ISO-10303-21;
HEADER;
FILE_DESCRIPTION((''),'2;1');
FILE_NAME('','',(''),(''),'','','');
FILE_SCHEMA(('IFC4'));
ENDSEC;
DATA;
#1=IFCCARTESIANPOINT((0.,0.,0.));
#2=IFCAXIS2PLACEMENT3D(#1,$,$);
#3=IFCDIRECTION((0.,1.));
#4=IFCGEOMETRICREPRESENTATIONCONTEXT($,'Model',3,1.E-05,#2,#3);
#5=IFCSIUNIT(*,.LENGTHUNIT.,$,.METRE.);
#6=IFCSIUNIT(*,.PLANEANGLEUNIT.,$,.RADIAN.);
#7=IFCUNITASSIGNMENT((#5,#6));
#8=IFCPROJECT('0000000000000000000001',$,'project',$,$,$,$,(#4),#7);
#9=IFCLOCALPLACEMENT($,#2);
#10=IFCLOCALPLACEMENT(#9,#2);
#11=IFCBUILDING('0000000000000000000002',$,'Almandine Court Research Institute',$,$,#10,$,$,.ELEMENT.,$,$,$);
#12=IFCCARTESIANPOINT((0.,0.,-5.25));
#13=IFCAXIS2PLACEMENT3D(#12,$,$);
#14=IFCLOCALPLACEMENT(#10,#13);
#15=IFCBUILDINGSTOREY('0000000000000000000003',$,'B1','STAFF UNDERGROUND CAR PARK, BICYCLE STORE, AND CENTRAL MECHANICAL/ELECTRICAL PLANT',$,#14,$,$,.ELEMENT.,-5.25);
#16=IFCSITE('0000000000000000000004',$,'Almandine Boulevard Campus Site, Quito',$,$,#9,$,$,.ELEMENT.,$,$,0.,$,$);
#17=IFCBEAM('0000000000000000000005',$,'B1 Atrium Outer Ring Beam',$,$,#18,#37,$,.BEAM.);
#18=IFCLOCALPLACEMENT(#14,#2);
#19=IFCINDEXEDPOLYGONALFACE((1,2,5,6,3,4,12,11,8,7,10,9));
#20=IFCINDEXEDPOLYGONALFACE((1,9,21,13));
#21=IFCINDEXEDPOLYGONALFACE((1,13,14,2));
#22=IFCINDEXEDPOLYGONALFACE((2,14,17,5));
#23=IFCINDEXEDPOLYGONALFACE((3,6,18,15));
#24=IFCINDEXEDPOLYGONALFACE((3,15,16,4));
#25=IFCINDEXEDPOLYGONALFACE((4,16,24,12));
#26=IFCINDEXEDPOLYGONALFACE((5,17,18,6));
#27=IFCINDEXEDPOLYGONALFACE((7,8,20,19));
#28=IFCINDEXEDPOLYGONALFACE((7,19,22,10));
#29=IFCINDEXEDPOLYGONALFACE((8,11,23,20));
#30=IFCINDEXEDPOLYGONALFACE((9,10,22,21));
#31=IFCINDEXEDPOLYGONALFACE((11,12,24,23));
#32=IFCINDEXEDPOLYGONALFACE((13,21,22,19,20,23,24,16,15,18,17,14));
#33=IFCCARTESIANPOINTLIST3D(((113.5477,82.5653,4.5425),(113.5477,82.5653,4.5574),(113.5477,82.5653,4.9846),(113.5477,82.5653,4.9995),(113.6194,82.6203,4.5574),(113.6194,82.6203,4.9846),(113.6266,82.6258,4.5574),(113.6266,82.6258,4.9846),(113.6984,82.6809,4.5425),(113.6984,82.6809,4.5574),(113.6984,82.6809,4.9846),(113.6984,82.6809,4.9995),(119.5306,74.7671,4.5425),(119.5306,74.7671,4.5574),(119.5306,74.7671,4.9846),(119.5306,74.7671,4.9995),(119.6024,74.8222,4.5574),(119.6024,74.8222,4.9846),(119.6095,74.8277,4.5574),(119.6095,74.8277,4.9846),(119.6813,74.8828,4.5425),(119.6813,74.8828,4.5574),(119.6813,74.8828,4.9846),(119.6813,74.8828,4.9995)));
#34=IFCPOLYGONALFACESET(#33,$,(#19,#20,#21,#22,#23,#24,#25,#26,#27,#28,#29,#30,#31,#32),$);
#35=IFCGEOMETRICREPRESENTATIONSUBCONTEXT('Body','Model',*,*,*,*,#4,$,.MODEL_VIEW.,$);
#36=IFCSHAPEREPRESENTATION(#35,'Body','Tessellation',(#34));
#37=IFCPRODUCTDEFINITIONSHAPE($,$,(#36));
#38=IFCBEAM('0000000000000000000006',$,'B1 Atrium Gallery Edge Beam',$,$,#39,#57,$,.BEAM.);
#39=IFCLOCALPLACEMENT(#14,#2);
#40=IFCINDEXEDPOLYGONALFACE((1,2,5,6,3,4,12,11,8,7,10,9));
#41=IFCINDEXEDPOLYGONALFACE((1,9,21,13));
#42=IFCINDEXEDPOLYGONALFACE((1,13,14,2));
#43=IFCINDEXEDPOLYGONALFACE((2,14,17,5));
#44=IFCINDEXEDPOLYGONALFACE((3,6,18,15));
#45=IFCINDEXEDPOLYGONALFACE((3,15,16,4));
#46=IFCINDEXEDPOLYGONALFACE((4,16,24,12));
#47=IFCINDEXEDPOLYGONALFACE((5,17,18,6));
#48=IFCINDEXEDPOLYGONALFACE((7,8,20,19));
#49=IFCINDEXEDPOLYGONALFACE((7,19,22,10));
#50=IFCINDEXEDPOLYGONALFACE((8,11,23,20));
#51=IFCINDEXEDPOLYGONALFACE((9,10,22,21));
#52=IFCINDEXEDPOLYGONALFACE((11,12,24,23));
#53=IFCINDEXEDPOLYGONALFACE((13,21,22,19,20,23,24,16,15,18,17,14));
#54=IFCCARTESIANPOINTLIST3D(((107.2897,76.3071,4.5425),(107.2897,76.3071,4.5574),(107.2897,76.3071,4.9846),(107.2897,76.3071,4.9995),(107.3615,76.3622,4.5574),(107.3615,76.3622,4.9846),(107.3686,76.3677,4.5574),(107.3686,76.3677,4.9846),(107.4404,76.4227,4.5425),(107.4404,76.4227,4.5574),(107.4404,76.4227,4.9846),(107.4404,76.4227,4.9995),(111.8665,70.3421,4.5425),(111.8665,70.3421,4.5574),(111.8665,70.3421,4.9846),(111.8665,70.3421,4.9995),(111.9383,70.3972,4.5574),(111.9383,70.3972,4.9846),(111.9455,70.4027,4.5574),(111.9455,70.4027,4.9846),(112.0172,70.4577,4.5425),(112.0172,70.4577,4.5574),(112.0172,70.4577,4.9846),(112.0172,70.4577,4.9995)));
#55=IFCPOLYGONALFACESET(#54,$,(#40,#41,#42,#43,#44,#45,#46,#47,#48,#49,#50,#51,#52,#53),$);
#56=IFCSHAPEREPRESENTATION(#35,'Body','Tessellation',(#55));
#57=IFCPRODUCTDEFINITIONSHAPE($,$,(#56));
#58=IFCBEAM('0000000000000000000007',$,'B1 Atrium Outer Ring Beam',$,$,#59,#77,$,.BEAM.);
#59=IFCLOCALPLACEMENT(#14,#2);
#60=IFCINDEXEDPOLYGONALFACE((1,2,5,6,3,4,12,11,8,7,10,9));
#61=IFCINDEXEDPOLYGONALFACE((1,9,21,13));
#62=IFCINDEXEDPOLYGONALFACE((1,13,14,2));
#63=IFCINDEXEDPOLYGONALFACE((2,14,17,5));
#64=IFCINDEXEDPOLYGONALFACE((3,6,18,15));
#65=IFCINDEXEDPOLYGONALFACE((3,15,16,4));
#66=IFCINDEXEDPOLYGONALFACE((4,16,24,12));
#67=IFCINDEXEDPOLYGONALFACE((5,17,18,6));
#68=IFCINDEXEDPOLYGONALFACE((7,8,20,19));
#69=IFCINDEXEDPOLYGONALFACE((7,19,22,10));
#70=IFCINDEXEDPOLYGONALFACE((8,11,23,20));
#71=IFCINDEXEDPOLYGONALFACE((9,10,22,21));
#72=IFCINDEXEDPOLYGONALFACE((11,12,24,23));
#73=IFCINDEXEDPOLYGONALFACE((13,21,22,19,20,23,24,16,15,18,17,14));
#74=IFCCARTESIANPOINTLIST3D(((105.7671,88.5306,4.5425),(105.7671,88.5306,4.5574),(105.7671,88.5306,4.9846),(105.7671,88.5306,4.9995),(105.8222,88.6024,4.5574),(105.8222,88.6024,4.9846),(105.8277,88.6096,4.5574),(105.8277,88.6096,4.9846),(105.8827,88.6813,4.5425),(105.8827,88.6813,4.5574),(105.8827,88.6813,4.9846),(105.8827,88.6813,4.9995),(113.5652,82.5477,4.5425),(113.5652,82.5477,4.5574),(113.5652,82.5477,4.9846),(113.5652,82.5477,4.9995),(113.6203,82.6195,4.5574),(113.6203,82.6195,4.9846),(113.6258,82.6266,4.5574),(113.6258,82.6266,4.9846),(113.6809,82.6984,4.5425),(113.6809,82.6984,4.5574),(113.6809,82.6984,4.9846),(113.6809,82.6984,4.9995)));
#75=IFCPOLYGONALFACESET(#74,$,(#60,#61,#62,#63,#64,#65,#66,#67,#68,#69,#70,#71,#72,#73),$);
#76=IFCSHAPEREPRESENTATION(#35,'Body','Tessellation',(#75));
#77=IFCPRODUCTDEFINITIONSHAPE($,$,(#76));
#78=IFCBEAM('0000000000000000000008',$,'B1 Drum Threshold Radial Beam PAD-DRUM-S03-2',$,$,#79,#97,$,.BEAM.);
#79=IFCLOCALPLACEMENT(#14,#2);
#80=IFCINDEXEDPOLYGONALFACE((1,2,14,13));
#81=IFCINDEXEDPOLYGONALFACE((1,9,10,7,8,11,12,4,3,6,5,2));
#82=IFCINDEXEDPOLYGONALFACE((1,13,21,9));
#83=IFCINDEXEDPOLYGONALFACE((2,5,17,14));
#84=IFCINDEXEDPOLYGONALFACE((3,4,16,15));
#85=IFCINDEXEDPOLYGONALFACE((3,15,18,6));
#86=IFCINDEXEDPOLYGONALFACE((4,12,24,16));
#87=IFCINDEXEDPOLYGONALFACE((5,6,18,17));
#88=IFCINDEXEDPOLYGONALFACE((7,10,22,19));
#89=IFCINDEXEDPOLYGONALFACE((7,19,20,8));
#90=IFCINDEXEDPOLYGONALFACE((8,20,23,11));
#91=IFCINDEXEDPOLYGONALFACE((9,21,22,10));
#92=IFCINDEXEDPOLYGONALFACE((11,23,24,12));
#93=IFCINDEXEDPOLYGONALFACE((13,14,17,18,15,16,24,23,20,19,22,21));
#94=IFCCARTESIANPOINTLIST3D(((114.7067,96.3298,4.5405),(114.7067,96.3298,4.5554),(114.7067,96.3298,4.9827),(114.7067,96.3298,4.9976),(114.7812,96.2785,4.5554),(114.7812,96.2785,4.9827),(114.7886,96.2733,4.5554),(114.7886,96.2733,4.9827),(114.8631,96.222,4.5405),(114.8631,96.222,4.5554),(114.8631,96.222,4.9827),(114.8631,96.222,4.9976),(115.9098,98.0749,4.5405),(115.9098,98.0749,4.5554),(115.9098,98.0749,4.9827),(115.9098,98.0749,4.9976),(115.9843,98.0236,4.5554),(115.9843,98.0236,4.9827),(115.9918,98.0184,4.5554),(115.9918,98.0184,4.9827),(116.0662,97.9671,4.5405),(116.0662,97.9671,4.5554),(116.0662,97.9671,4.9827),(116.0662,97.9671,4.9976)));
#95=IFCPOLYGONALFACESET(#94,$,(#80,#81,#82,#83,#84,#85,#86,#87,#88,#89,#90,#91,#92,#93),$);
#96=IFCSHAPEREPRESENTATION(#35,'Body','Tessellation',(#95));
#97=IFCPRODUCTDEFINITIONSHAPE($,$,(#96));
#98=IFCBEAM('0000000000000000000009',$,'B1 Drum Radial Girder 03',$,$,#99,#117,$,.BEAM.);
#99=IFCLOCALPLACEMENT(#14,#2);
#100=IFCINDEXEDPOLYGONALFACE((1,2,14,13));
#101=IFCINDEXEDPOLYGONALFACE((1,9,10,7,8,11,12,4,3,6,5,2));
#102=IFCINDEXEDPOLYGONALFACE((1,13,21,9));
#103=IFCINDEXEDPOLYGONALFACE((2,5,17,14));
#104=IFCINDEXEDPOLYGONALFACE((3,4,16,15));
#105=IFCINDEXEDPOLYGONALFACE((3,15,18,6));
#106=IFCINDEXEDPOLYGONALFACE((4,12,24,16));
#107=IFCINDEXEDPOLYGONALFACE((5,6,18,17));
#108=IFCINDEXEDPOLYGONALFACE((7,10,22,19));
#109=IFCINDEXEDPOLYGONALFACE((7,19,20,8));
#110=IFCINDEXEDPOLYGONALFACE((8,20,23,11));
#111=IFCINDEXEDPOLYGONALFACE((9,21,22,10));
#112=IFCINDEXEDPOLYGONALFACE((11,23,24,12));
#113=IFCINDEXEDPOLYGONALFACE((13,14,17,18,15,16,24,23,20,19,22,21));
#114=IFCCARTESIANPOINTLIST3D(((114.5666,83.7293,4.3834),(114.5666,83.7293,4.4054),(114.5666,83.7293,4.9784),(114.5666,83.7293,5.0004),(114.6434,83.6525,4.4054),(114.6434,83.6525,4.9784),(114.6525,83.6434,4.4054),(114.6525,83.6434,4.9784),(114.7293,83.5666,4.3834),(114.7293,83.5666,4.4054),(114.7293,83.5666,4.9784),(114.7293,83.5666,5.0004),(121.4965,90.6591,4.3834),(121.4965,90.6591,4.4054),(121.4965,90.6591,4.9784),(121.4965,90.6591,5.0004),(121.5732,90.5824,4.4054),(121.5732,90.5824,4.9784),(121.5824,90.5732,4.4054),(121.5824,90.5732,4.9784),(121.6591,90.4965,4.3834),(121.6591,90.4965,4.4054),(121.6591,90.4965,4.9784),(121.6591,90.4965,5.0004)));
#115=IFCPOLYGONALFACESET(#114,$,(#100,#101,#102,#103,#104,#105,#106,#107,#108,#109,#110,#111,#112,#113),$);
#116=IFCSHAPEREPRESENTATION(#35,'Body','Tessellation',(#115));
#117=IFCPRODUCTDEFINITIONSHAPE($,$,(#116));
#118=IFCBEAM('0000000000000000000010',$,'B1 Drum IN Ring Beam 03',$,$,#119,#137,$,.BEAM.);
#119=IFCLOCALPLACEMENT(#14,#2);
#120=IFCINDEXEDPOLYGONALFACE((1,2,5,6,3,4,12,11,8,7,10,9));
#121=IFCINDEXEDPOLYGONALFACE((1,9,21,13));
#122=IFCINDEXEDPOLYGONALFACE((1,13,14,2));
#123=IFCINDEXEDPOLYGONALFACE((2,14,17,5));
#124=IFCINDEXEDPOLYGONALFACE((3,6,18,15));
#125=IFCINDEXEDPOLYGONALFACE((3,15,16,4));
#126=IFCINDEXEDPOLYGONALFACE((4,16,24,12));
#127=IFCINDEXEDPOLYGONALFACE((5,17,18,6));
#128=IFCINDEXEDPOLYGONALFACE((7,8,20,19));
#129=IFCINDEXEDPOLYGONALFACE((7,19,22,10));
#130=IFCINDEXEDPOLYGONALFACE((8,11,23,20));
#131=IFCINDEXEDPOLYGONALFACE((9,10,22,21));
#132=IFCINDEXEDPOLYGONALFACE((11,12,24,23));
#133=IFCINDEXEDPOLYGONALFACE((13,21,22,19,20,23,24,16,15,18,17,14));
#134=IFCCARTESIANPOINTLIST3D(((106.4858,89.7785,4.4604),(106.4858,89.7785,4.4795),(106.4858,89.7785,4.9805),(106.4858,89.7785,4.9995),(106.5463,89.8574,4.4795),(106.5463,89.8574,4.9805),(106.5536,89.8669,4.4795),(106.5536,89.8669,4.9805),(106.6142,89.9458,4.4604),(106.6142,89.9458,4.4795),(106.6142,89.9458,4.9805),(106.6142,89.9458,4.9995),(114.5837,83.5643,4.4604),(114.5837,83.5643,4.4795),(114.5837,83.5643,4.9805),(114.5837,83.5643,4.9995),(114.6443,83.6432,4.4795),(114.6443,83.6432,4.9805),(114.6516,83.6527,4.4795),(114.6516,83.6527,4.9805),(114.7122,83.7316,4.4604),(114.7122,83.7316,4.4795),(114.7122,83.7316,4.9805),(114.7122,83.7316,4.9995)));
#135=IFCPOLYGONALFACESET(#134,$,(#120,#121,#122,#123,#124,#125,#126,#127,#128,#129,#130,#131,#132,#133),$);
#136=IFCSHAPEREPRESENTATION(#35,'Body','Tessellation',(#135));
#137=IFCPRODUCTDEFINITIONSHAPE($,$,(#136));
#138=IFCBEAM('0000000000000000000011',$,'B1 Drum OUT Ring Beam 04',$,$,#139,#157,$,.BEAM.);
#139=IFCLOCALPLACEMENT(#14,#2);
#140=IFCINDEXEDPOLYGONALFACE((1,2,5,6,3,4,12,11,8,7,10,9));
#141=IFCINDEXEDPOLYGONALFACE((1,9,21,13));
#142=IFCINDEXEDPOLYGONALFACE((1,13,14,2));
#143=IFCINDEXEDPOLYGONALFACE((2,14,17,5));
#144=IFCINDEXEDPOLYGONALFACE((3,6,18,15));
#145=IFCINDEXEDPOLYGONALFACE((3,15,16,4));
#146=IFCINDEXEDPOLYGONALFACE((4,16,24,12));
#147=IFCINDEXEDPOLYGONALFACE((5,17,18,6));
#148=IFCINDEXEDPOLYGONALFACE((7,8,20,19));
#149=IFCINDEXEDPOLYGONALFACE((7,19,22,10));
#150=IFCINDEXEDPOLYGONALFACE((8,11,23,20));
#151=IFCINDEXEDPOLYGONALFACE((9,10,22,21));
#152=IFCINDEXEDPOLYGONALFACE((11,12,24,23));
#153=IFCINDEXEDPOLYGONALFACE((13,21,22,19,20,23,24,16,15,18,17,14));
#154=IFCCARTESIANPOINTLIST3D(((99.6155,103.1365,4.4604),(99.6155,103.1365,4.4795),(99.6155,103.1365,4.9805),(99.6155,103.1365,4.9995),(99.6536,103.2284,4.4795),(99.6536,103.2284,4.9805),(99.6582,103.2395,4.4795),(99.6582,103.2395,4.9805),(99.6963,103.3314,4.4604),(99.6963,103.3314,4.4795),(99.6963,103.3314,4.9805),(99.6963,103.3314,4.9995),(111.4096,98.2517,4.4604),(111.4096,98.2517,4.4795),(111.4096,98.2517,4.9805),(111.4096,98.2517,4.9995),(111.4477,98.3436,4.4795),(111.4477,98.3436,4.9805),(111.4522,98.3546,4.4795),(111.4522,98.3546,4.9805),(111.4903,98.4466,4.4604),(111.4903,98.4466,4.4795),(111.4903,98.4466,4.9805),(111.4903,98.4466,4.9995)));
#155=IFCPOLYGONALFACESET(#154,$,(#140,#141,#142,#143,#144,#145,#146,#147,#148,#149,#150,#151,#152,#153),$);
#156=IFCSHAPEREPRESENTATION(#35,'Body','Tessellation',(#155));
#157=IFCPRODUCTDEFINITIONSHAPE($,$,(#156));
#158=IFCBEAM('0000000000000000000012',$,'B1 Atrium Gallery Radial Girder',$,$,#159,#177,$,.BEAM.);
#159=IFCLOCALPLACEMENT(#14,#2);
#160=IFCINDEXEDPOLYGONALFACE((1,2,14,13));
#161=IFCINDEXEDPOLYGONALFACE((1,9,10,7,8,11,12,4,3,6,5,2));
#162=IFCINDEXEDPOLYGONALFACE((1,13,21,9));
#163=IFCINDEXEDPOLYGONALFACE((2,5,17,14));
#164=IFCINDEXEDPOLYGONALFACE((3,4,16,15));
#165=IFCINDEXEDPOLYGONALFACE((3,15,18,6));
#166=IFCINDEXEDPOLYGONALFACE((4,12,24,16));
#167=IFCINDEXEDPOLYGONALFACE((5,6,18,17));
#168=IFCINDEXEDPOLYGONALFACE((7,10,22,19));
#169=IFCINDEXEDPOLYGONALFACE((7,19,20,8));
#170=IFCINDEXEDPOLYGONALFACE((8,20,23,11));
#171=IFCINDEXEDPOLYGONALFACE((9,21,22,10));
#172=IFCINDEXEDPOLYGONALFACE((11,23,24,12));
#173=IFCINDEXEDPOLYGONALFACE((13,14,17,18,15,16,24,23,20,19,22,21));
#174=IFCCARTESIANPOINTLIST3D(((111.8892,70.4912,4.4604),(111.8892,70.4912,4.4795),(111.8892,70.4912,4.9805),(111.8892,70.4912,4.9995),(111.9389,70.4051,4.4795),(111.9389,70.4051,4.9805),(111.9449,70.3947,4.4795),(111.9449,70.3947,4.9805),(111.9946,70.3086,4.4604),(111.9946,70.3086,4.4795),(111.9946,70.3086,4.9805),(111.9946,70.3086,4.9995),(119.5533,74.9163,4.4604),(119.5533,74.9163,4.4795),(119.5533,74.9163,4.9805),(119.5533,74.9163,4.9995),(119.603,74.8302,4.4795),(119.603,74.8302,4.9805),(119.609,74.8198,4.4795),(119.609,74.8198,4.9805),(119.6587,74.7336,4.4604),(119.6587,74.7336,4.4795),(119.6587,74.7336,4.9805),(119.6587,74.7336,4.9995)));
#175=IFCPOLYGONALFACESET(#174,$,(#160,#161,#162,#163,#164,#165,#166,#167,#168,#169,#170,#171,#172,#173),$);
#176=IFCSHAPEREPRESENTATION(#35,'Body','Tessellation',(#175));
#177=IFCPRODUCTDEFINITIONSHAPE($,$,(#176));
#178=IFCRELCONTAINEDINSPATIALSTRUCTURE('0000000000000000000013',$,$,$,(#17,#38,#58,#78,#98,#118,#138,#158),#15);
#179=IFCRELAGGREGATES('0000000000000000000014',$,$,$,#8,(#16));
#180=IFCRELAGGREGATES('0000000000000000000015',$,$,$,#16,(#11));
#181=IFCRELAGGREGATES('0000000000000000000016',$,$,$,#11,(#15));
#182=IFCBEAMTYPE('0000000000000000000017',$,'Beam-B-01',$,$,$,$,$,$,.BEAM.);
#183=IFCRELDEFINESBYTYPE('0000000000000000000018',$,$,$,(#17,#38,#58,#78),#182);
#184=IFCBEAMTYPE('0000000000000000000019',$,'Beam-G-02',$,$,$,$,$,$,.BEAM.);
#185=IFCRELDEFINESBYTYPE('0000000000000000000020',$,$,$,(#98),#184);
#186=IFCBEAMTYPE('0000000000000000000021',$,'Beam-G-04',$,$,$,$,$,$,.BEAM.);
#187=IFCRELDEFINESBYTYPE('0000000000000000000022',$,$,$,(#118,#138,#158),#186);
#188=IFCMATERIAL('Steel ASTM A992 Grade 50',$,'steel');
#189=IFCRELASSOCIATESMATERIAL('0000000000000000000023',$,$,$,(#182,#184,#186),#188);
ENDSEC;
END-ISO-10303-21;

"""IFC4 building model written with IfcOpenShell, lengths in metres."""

from ifc_helpers import new_model, si_unit, direction, frame, origin, origin_2d, place, context, subcontext, project, spatial, i_section, extrude, material, material_profile, profile_set, type_object, element, save


model = new_model("IFC4")

# Units and contexts
model_context = context("Model", 3, precision=1e-05, world=origin(), true_north=direction((0.0, 1.0)))
body_context = subcontext(model_context, "Body", "Model", "MODEL_VIEW")
ifc_project = project(units=[si_unit("LENGTHUNIT", "METRE"), si_unit("PLANEANGLEUNIT", "RADIAN")], contexts=[model_context])

# Site, building, storey
site_placement = place(None, origin())
site = spatial("IfcSite", under=ifc_project, at=site_placement, Name="Almandine Boulevard Campus Site, Quito", CompositionType="ELEMENT", RefElevation=0.0)
building_placement = place(site_placement, origin())
building = spatial("IfcBuilding", under=site, at=building_placement, Name="Almandine Court Research Institute", CompositionType="ELEMENT")
storey_placement = place(building_placement, frame((0.0, 0.0, -5.25)))
storey = spatial("IfcBuildingStorey", under=building, at=storey_placement, Name="B1", Description="STAFF UNDERGROUND CAR PARK, BICYCLE STORE, AND CENTRAL MECHANICAL/ELECTRICAL PLANT", CompositionType="ELEMENT", Elevation=-5.25)

# Shared definitions
ifc_material_1 = material(Name="Steel ASTM A992 Grade 50", Category="steel")

# Beams
ifc_material_profile_1 = material_profile(ifc_material_1, i_section(OverallWidth=0.1899, OverallDepth=0.457, WebThickness=0.009, FlangeThickness=0.0149, at=origin_2d()), Name="W460x74")
ifc_profile_set_1 = profile_set([ifc_material_profile_1], Name="Steel ASTM A992 Grade 50")
beam_type_1 = type_object("IfcBeamType", Name="Beam-B-01", PredefinedType="BEAM", material=ifc_profile_set_1)
beam_1_placement = place(storey_placement, frame((119.606, 74.825, 4.771), z_axis=(-0.608712, 0.793392, 0.0), x_axis=(-0.793392, -0.608712, 0.0)))
element("IfcBeam", 1, at=beam_1_placement, inside=storey, type_object=beam_type_1, Name="B1 Atrium Outer Ring Beam", PredefinedType="BEAM", context=body_context, shape_type="SweptSolid", body=[
    extrude(i_section(OverallWidth=0.1899, OverallDepth=0.457, WebThickness=0.009, FlangeThickness=0.0149, at=origin_2d()), origin(), (0.0, 0.0, 1.0), 9.8289),
])
beam_2_placement = place(storey_placement, frame((111.9419, 70.3999, 4.771), z_axis=(-0.608739, 0.793371, 0.0), x_axis=(-0.793371, -0.608739, 0.0)))
element("IfcBeam", 2, at=beam_2_placement, inside=storey, type_object=beam_type_1, Name="B1 Atrium Gallery Edge Beam", PredefinedType="BEAM", context=body_context, shape_type="SweptSolid", body=[
    extrude(i_section(OverallWidth=0.1899, OverallDepth=0.457, WebThickness=0.009, FlangeThickness=0.0149, at=origin_2d()), origin(), (0.0, 0.0, 1.0), 7.5186),
])
beam_3_placement = place(storey_placement, frame((113.623, 82.623, 4.771), z_axis=(-0.793392, 0.608712, 0.0), x_axis=(-0.608712, -0.793392, 0.0)))
element("IfcBeam", 3, at=beam_3_placement, inside=storey, type_object=beam_type_1, Name="B1 Atrium Outer Ring Beam", PredefinedType="BEAM", context=body_context, shape_type="SweptSolid", body=[
    extrude(i_section(OverallWidth=0.1899, OverallDepth=0.457, WebThickness=0.009, FlangeThickness=0.0149, at=origin_2d()), origin(), (0.0, 0.0, 1.0), 9.8289),
])
beam_4_placement = place(storey_placement, frame((115.988, 98.021, 4.769), z_axis=(-0.567604, -0.823302, 0.0), x_axis=(0.823302, -0.567604, 0.0)))
element("IfcBeam", 4, at=beam_4_placement, inside=storey, type_object=beam_type_1, Name="B1 Drum Threshold Radial Beam PAD-DRUM-S03-2", PredefinedType="BEAM", context=body_context, shape_type="SweptSolid", body=[
    extrude(i_section(OverallWidth=0.1899, OverallDepth=0.457, WebThickness=0.009, FlangeThickness=0.0149, at=origin_2d()), origin(), (0.0, 0.0, 1.0), 2.1196),
])
ifc_material_profile_2 = material_profile(ifc_material_1, i_section(OverallWidth=0.23, OverallDepth=0.6169, WebThickness=0.0129, FlangeThickness=0.022, at=origin_2d()), Name="W610x140")
ifc_profile_set_2 = profile_set([ifc_material_profile_2], Name="Steel ASTM A992 Grade 50")
beam_type_2 = type_object("IfcBeamType", Name="Beam-G-02", PredefinedType="BEAM", material=ifc_profile_set_2)
beam_5_placement = place(storey_placement, frame((114.6479, 83.6479, 4.6919), z_axis=(0.707107, 0.707107, 0.0), x_axis=(-0.707107, 0.707107, 0.0)))
element("IfcBeam", 5, at=beam_5_placement, inside=storey, type_object=beam_type_2, Name="B1 Drum Radial Girder 03", PredefinedType="BEAM", context=body_context, shape_type="SweptSolid", body=[
    extrude(i_section(OverallWidth=0.23, OverallDepth=0.6169, WebThickness=0.0129, FlangeThickness=0.022, at=origin_2d()), origin(), (0.0, 0.0, 1.0), 9.8003),
])
ifc_material_profile_3 = material_profile(ifc_material_1, i_section(OverallWidth=0.2109, OverallDepth=0.5391, WebThickness=0.012, FlangeThickness=0.019, at=origin_2d()), Name="W530x109")
ifc_profile_set_3 = profile_set([ifc_material_profile_3], Name="Steel ASTM A992 Grade 50")
beam_type_3 = type_object("IfcBeamType", Name="Beam-G-04", PredefinedType="BEAM", material=ifc_profile_set_3)
beam_6_placement = place(storey_placement, frame((114.6479, 83.6479, 4.73), z_axis=(-0.793336, 0.608784, 0.0), x_axis=(-0.608784, -0.793336, 0.0)))
element("IfcBeam", 6, at=beam_6_placement, inside=storey, type_object=beam_type_3, Name="B1 Drum IN Ring Beam 03", PredefinedType="BEAM", context=body_context, shape_type="SweptSolid", body=[
    extrude(i_section(OverallWidth=0.2109, OverallDepth=0.5391, WebThickness=0.012, FlangeThickness=0.019, at=origin_2d()), origin(), (0.0, 0.0, 1.0), 10.2075),
])
beam_7_placement = place(storey_placement, frame((111.45, 98.3491, 4.73), z_axis=(-0.923892, 0.382654, 0.0), x_axis=(-0.382654, -0.923892, 0.0)))
element("IfcBeam", 7, at=beam_7_placement, inside=storey, type_object=beam_type_3, Name="B1 Drum OUT Ring Beam 04", PredefinedType="BEAM", context=body_context, shape_type="SweptSolid", body=[
    extrude(i_section(OverallWidth=0.2109, OverallDepth=0.5391, WebThickness=0.012, FlangeThickness=0.019, at=origin_2d()), origin(), (0.0, 0.0, 1.0), 12.7656),
])
beam_8_placement = place(storey_placement, frame((111.9419, 70.3999, 4.73), z_axis=(0.866016, 0.500017, 0.0), x_axis=(-0.500017, 0.866016, 0.0)))
element("IfcBeam", 8, at=beam_8_placement, inside=storey, type_object=beam_type_3, Name="B1 Atrium Gallery Radial Girder", PredefinedType="BEAM", context=body_context, shape_type="SweptSolid", body=[
    extrude(i_section(OverallWidth=0.2109, OverallDepth=0.5391, WebThickness=0.012, FlangeThickness=0.019, at=origin_2d()), origin(), (0.0, 0.0, 1.0), 8.8499),
])

save(model, "model.ifc")
